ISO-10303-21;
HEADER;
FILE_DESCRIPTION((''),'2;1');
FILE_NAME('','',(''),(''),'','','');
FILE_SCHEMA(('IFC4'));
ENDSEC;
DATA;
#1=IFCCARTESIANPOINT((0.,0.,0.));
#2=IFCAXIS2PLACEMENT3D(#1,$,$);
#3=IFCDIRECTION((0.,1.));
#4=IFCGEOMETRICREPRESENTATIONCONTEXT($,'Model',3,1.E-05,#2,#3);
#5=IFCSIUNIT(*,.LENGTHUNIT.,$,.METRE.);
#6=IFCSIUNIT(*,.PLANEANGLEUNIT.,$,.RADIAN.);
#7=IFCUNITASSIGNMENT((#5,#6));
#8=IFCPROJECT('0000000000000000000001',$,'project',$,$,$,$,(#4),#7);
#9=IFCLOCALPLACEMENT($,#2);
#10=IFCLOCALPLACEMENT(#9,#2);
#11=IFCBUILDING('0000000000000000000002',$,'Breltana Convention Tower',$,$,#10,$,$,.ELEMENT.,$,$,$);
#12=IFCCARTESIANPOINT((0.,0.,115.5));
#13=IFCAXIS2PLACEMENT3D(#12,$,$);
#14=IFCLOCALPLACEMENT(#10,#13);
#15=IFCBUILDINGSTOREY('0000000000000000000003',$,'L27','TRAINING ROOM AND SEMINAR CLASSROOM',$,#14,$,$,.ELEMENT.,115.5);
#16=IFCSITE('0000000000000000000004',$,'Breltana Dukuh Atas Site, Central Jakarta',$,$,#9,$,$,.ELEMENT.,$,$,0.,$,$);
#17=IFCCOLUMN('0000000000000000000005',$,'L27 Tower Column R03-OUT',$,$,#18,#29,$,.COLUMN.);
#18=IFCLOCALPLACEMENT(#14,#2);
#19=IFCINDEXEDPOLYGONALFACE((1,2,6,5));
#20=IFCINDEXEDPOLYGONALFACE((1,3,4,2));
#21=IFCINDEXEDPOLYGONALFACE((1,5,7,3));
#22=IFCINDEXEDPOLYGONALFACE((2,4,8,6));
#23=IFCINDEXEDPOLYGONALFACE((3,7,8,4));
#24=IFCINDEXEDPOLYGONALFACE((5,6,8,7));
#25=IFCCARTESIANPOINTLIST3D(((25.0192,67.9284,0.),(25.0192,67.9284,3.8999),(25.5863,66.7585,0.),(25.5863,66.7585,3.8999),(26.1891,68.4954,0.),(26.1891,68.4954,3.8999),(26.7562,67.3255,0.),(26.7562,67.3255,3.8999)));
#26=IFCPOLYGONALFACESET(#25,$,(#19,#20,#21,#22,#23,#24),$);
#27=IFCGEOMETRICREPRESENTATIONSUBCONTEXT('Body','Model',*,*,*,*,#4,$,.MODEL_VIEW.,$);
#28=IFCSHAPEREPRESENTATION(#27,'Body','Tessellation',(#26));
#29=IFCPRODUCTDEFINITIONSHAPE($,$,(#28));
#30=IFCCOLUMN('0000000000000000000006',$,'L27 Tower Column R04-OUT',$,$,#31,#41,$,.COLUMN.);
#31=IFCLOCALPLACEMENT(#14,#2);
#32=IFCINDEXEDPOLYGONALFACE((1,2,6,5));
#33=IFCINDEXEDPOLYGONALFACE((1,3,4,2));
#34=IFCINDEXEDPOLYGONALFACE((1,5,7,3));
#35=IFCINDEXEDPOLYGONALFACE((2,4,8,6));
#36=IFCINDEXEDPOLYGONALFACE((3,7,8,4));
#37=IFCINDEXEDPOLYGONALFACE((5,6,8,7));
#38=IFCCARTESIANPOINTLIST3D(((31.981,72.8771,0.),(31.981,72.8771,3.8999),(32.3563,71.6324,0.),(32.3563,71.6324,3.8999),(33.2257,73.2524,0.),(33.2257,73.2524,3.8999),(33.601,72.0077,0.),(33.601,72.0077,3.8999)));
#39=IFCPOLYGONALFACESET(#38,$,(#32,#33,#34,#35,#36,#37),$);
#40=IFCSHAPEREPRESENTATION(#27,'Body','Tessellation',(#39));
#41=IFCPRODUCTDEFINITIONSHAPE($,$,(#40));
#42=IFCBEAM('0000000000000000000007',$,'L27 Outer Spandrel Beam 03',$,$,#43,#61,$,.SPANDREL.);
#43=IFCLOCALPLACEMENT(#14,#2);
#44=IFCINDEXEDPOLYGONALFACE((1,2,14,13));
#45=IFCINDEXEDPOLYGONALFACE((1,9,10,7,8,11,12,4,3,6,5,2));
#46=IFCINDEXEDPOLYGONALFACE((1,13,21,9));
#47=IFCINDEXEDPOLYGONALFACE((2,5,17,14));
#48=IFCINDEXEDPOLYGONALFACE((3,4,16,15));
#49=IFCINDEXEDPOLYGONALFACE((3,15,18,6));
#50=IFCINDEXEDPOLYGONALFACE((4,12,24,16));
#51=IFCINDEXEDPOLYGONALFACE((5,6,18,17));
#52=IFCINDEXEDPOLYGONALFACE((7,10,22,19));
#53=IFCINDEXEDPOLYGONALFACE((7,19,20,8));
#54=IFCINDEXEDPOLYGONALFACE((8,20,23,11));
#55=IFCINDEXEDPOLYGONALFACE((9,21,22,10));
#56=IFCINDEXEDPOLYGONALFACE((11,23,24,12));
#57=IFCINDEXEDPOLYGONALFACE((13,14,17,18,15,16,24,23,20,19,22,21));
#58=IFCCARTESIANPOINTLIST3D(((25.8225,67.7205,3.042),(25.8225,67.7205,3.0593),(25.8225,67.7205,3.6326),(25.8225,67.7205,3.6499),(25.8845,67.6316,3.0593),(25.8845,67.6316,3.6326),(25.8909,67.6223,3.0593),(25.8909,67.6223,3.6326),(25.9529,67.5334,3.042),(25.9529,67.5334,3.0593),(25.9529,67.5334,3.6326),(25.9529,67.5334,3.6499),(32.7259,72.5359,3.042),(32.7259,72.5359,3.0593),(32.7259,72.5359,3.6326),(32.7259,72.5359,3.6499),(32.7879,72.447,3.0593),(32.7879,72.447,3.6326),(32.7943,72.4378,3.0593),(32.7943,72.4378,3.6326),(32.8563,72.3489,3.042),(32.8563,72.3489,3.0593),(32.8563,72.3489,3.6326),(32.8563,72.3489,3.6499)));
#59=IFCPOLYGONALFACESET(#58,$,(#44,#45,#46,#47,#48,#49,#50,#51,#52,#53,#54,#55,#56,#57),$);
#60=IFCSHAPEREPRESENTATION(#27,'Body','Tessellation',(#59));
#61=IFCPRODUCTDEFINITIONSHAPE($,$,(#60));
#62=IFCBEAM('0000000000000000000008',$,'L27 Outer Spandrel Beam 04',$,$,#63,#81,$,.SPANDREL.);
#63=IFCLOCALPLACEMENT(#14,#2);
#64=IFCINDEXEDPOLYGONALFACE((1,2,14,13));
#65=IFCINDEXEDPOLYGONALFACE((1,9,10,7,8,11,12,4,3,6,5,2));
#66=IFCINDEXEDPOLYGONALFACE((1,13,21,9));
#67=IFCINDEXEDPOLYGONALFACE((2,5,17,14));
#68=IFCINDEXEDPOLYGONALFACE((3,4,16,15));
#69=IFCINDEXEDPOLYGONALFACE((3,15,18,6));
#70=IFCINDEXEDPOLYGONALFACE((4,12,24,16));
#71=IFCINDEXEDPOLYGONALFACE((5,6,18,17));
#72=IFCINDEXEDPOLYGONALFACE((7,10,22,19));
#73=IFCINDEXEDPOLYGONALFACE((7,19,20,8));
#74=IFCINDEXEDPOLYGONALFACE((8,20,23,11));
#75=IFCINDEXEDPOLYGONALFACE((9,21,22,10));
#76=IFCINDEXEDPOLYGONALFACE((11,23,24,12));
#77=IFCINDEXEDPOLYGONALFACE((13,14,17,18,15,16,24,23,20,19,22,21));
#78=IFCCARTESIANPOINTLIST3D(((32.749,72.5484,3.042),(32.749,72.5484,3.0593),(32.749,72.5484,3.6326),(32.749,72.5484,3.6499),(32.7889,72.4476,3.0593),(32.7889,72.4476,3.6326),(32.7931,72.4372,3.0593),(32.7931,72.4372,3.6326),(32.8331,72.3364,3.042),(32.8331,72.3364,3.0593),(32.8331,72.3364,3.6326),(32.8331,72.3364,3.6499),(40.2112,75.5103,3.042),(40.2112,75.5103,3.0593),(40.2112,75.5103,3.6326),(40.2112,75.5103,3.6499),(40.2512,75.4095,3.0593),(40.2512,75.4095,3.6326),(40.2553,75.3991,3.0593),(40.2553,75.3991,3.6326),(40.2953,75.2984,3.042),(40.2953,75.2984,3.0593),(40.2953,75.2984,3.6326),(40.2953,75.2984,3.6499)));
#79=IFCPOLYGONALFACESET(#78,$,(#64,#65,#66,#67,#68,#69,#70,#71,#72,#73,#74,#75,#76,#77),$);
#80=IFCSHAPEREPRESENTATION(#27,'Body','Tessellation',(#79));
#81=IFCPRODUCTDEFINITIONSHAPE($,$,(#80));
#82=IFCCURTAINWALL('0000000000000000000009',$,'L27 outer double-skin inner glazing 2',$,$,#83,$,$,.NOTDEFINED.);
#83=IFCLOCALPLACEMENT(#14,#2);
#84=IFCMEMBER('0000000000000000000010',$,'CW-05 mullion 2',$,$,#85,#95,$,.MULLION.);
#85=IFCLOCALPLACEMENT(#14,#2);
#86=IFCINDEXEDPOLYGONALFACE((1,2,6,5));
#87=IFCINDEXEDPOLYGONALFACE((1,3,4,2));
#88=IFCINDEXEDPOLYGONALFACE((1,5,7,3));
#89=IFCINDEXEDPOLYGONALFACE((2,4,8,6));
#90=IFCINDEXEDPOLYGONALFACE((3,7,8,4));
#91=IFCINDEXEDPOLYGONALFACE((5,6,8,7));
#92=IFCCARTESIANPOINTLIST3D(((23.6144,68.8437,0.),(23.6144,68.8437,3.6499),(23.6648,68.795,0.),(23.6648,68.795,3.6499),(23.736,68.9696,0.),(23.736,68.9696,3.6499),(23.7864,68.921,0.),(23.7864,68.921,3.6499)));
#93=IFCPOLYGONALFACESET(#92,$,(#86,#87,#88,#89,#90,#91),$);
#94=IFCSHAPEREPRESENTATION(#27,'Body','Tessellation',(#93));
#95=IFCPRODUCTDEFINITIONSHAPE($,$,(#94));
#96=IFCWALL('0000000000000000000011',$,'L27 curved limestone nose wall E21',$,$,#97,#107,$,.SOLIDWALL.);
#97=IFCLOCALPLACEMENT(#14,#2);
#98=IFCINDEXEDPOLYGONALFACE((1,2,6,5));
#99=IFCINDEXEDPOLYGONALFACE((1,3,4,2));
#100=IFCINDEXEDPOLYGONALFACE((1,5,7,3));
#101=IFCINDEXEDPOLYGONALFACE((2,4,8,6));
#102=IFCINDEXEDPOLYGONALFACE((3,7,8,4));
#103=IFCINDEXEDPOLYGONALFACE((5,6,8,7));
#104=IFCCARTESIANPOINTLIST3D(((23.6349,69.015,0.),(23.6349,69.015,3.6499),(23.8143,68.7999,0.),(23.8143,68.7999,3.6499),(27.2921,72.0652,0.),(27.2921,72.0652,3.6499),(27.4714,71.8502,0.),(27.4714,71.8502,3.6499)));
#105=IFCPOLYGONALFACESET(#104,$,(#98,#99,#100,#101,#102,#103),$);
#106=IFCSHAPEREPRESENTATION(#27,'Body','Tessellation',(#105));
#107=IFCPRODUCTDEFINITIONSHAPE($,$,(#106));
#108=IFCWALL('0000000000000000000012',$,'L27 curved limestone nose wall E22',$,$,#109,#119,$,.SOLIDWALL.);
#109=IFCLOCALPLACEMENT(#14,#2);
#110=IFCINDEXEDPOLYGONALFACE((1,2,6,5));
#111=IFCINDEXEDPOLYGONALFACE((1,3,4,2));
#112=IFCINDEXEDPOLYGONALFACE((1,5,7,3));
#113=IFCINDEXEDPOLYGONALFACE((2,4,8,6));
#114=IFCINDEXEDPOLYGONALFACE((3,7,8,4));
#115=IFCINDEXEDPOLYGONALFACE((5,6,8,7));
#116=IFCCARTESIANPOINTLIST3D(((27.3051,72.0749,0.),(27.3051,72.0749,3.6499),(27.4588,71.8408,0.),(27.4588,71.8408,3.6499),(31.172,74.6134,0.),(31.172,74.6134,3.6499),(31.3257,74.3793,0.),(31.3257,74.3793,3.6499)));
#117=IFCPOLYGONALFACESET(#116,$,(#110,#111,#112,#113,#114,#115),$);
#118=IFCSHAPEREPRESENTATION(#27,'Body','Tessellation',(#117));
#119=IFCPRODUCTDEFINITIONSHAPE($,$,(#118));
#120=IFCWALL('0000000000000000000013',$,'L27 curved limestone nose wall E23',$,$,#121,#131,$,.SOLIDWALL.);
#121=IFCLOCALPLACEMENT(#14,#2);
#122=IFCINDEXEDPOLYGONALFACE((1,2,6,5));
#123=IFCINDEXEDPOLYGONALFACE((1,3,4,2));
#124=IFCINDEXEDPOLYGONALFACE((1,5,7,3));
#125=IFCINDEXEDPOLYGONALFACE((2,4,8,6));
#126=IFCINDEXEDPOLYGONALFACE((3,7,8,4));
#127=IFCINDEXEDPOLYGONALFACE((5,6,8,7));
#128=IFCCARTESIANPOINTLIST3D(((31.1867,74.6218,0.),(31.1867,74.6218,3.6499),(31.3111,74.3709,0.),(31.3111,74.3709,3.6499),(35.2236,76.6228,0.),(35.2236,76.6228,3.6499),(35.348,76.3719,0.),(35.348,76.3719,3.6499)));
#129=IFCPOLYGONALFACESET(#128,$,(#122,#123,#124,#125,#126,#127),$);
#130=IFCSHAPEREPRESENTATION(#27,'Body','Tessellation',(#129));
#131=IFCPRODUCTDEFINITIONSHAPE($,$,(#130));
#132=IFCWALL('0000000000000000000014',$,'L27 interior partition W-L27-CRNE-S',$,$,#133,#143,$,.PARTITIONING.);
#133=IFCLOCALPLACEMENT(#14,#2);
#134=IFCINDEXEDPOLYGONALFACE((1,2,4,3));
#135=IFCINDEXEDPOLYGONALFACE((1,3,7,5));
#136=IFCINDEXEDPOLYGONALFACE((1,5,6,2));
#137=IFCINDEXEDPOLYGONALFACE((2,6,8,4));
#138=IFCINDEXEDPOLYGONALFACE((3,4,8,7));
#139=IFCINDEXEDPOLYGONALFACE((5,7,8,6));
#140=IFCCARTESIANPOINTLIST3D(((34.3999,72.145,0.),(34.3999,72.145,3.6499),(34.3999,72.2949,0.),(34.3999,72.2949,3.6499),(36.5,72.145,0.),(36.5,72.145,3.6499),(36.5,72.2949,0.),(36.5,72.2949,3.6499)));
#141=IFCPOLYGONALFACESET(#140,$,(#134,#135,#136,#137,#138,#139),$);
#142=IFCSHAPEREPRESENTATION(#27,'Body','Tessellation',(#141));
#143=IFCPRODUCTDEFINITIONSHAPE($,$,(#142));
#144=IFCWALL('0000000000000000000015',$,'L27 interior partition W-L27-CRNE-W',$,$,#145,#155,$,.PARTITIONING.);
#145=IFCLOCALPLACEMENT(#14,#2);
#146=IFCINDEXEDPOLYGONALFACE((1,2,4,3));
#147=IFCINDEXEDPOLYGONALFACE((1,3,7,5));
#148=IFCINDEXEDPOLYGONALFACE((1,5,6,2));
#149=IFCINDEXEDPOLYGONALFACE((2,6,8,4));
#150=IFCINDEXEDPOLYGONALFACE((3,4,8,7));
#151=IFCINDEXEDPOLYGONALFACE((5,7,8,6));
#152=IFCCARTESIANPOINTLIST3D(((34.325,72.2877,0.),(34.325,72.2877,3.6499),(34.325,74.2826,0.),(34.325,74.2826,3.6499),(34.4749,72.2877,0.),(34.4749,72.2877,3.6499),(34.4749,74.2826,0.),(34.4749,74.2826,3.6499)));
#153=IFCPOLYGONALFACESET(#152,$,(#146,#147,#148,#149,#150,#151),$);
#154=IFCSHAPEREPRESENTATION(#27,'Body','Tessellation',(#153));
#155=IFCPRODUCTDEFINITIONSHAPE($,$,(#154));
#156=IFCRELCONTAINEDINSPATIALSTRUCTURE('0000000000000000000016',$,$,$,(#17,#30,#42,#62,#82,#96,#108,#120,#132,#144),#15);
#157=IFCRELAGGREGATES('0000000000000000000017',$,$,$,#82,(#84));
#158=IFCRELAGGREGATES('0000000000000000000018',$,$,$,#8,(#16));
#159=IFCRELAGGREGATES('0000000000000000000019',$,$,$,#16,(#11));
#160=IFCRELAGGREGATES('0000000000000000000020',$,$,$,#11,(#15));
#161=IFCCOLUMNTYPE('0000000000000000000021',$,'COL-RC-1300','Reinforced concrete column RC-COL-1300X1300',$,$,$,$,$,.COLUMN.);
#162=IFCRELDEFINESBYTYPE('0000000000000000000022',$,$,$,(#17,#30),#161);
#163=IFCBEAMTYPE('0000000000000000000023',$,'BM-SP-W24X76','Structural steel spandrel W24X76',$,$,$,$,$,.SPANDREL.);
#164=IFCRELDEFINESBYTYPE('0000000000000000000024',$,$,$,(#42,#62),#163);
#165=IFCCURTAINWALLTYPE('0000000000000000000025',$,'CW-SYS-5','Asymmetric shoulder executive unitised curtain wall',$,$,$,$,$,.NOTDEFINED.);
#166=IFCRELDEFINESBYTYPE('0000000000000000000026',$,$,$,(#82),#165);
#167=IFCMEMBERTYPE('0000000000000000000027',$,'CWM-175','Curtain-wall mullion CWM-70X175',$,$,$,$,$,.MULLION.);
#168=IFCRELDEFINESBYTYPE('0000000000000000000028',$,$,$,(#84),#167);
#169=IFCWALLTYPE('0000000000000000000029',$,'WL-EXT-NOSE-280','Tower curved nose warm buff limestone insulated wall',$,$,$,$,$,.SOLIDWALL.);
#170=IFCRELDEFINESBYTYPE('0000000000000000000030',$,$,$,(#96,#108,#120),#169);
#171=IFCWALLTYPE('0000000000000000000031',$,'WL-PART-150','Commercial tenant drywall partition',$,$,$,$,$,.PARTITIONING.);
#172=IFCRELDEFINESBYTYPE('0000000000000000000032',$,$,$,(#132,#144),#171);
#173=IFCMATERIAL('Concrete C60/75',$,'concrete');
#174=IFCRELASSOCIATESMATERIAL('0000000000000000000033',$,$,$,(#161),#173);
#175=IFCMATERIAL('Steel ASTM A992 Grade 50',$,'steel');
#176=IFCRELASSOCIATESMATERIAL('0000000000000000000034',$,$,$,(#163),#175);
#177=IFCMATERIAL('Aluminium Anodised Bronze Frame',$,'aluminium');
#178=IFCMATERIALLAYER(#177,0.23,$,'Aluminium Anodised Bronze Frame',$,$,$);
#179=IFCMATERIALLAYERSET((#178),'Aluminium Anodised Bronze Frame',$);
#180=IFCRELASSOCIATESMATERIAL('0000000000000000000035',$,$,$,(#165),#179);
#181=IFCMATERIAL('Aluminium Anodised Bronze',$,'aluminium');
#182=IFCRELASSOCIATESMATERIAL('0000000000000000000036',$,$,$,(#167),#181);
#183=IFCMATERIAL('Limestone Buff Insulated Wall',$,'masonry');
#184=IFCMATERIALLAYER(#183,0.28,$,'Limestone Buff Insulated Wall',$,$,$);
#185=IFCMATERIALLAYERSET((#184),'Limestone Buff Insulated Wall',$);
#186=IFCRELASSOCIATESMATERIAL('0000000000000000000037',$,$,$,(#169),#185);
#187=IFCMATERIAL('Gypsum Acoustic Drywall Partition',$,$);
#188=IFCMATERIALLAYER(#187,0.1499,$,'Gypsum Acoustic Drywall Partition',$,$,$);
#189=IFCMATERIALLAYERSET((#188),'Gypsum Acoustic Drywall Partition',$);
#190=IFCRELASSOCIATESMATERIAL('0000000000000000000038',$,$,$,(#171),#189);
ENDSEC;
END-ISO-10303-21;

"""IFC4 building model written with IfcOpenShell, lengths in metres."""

from ifc_helpers import new_model, si_unit, direction, frame, frame_2d, origin, origin_2d, place, context, subcontext, project, spatial, rectangle, i_section, extrude, source, transform, mapped, material, layer, layer_set, material_profile, profile_set, type_object, element, aggregate, save


model = new_model("IFC4")

# Units and contexts
model_context = context("Model", 3, precision=1e-05, world=origin(), true_north=direction((0.0, 1.0)))
body_context = subcontext(model_context, "Body", "Model", "MODEL_VIEW")
ifc_project = project(units=[si_unit("LENGTHUNIT", "METRE"), si_unit("PLANEANGLEUNIT", "RADIAN")], contexts=[model_context])

# Site, building, storey
site_placement = place(None, origin())
site = spatial("IfcSite", under=ifc_project, at=site_placement, Name="Breltana Dukuh Atas Site, Central Jakarta", CompositionType="ELEMENT", RefElevation=0.0)
building_placement = place(site_placement, origin())
building = spatial("IfcBuilding", under=site, at=building_placement, Name="Breltana Convention Tower", CompositionType="ELEMENT")
storey_placement = place(building_placement, frame((0.0, 0.0, 115.5)))
storey = spatial("IfcBuildingStorey", under=building, at=storey_placement, Name="L27", Description="TRAINING ROOM AND SEMINAR CLASSROOM", CompositionType="ELEMENT", Elevation=115.5)

# Columns
ifc_material_1 = material(Name="Concrete C60/75", Category="concrete")
ifc_material_profile_1 = material_profile(ifc_material_1, rectangle(XDim=1.3, YDim=1.3, at=origin_2d()), Name="RC-COL-1300X1300")
ifc_profile_set_1 = profile_set([ifc_material_profile_1], Name="Concrete C60/75")
column_type = type_object("IfcColumnType", Name="COL-RC-1300", Description="Reinforced concrete column RC-COL-1300X1300", PredefinedType="COLUMN", material=ifc_profile_set_1)
shared_shape_1 = source(origin(), body_context, "Body", "SweptSolid", [
    extrude(rectangle(XDim=1.3, YDim=1.3, at=origin_2d()), origin(), (0.0, 0.0, 1.0), 3.8999),
])
for number, where, z_axis, x_axis, name in (
    (1, (25.8877, 67.627, 0.0), (0.0, 0.0, 1.0), (-0.436174, 0.899863, 0.0), "L27 Tower Column R03-OUT"),
    (2, (32.791, 72.4424, 0.0), (0.0, 0.0, 1.0), (-0.288698, 0.95742, 0.0), "L27 Tower Column R04-OUT"),
):
    element("IfcColumn", number, at=place(storey_placement, frame(where, z_axis=z_axis, x_axis=x_axis)), inside=storey, type_object=column_type, Name=name, PredefinedType="COLUMN", context=body_context, shape_type="MappedRepresentation", body=[
        mapped(shared_shape_1, transform((0.0, 0.0, 0.0), scale=1.0)),
    ])

# Beams
ifc_material_2 = material(Name="Steel ASTM A992 Grade 50", Category="steel")
ifc_material_profile_2 = material_profile(ifc_material_2, i_section(OverallWidth=0.228, OverallDepth=0.6079, WebThickness=0.0112, FlangeThickness=0.0173, at=origin_2d()), Name="W24X76")
ifc_profile_set_2 = profile_set([ifc_material_profile_2], Name="Steel ASTM A992 Grade 50")
beam_type = type_object("IfcBeamType", Name="BM-SP-W24X76", Description="Structural steel spandrel W24X76", PredefinedType="SPANDREL", material=ifc_profile_set_2)
shared_shape_2 = source(origin(), body_context, "Body", "SweptSolid", [
    extrude(i_section(OverallWidth=0.228, OverallDepth=0.6079, WebThickness=0.0112, FlangeThickness=0.0173, at=origin_2d()), origin(), (0.0, 0.0, 1.0), 8.417),
])
beam_1_placement = place(storey_placement, frame((25.8877, 67.627, 3.3459), z_axis=(0.820174, 0.572114, 0.0), x_axis=(-0.572114, 0.820174, 0.0)))
element("IfcBeam", 3, at=beam_1_placement, inside=storey, type_object=beam_type, Name="L27 Outer Spandrel Beam 03", PredefinedType="SPANDREL", context=body_context, shape_type="MappedRepresentation", body=[
    mapped(shared_shape_2, transform((0.0, 0.0, 0.0), scale=1.0)),
])
shared_shape_3 = source(origin(), body_context, "Body", "SweptSolid", [
    extrude(i_section(OverallWidth=0.228, OverallDepth=0.6079, WebThickness=0.0112, FlangeThickness=0.0173, at=origin_2d()), origin(), (0.0, 0.0, 1.0), 8.0286),
])
beam_2_placement = place(storey_placement, frame((32.791, 72.4424, 3.3459), z_axis=(0.929459, 0.368925, 0.0), x_axis=(-0.368925, 0.929459, 0.0)))
element("IfcBeam", 4, at=beam_2_placement, inside=storey, type_object=beam_type, Name="L27 Outer Spandrel Beam 04", PredefinedType="SPANDREL", context=body_context, shape_type="MappedRepresentation", body=[
    mapped(shared_shape_3, transform((0.0, 0.0, 0.0), scale=1.0)),
])

# Curtain wall, member
ifc_material_3 = material(Name="Aluminium Anodised Bronze Frame", Category="aluminium")
ifc_layer_1 = layer(ifc_material_3, 0.23, Name="Aluminium Anodised Bronze Frame")
ifc_layer_set_1 = layer_set([ifc_layer_1], Name="Aluminium Anodised Bronze Frame")
curtain_wall_type = type_object("IfcCurtainWallType", Name="CW-SYS-5", Description="Asymmetric shoulder executive unitised curtain wall", PredefinedType="NOTDEFINED", material=ifc_layer_set_1)
curtain_wall_placement = place(storey_placement, origin())
curtain_wall = element("IfcCurtainWall", 5, at=curtain_wall_placement, inside=storey, type_object=curtain_wall_type, Name="L27 outer double-skin inner glazing 2", PredefinedType="NOTDEFINED")
ifc_material_4 = material(Name="Aluminium Anodised Bronze", Category="aluminium")
ifc_material_profile_3 = material_profile(ifc_material_4, rectangle(XDim=0.0701, YDim=0.175, at=origin_2d()), Name="CWM-70X175")
ifc_profile_set_3 = profile_set([ifc_material_profile_3], Name="Aluminium Anodised Bronze")
member_type = type_object("IfcMemberType", Name="CWM-175", Description="Curtain-wall mullion CWM-70X175", PredefinedType="MULLION", material=ifc_profile_set_3)
shared_shape_4 = source(origin(), body_context, "Body", "SweptSolid", [
    extrude(rectangle(XDim=0.0701, YDim=0.175, at=origin_2d()), origin(), (0.0, 0.0, 1.0), 3.6499),
])
member_placement = place(storey_placement, frame((23.7004, 68.8823, 0.0), z_axis=(0.0, 0.0, 1.0), x_axis=(-0.719385, 0.694612, 0.0)))
member = element("IfcMember", 6, at=member_placement, type_object=member_type, Name="CW-05 mullion 2", PredefinedType="MULLION", context=body_context, shape_type="MappedRepresentation", body=[
    mapped(shared_shape_4, transform((0.0, 0.0, 0.0), scale=1.0)),
])
aggregate(curtain_wall, [member])

# Walls
ifc_material_5 = material(Name="Limestone Buff Insulated Wall", Category="masonry")
ifc_layer_2 = layer(ifc_material_5, 0.28, Name="Limestone Buff Insulated Wall")
ifc_layer_set_2 = layer_set([ifc_layer_2], Name="Limestone Buff Insulated Wall")
wall_type_1 = type_object("IfcWallType", Name="WL-EXT-NOSE-280", Description="Tower curved nose warm buff limestone insulated wall", PredefinedType="SOLIDWALL", material=ifc_layer_set_2)
shared_shape_5 = source(origin(), body_context, "Body", "SweptSolid", [
    extrude(rectangle(XDim=4.7622, YDim=0.28, at=frame_2d((2.3811, 0.0))), origin(), (0.0, 0.0, 1.0), 3.6499),
])
wall_1_placement = place(storey_placement, frame((23.7246, 68.9075, 0.0), z_axis=(0.0, 0.0, 1.0), x_axis=(0.767952, 0.640507, 0.0)))
element("IfcWall", 7, at=wall_1_placement, inside=storey, type_object=wall_type_1, Name="L27 curved limestone nose wall E21", PredefinedType="SOLIDWALL", context=body_context, shape_type="MappedRepresentation", body=[
    mapped(shared_shape_5, transform((0.0, 0.0, 0.0), scale=1.0)),
])
shared_shape_6 = source(origin(), body_context, "Body", "SweptSolid", [
    extrude(rectangle(XDim=4.6257, YDim=0.28, at=frame_2d((2.313, 0.0))), origin(), (0.0, 0.0, 1.0), 3.6499),
])
wall_2_placement = place(storey_placement, frame((27.3818, 71.9578, 0.0), z_axis=(0.0, 0.0, 1.0), x_axis=(0.835959, 0.548791, 0.0)))
element("IfcWall", 8, at=wall_2_placement, inside=storey, type_object=wall_type_1, Name="L27 curved limestone nose wall E22", PredefinedType="SOLIDWALL", context=body_context, shape_type="MappedRepresentation", body=[
    mapped(shared_shape_6, transform((0.0, 0.0, 0.0), scale=1.0)),
])
shared_shape_7 = source(origin(), body_context, "Body", "SweptSolid", [
    extrude(rectangle(XDim=4.5056, YDim=0.28, at=frame_2d((2.2529, 0.0))), origin(), (0.0, 0.0, 1.0), 3.6499),
])
wall_3_placement = place(storey_placement, frame((31.2488, 74.4963, 0.0), z_axis=(0.0, 0.0, 1.0), x_axis=(0.895972, 0.444111, 0.0)))
element("IfcWall", 9, at=wall_3_placement, inside=storey, type_object=wall_type_1, Name="L27 curved limestone nose wall E23", PredefinedType="SOLIDWALL", context=body_context, shape_type="MappedRepresentation", body=[
    mapped(shared_shape_7, transform((0.0, 0.0, 0.0), scale=1.0)),
])
ifc_material_6 = material(Name="Gypsum Acoustic Drywall Partition")
ifc_layer_3 = layer(ifc_material_6, 0.1499, Name="Gypsum Acoustic Drywall Partition")
ifc_layer_set_3 = layer_set([ifc_layer_3], Name="Gypsum Acoustic Drywall Partition")
wall_type_2 = type_object("IfcWallType", Name="WL-PART-150", Description="Commercial tenant drywall partition", PredefinedType="PARTITIONING", material=ifc_layer_set_3)
shared_shape_8 = source(origin(), body_context, "Body", "SweptSolid", [
    extrude(rectangle(XDim=2.1001, YDim=0.1499, at=frame_2d((1.05, 0.0))), origin(), (0.0, 0.0, 1.0), 3.6499),
])
wall_4_placement = place(storey_placement, frame((34.3999, 72.22, 0.0), z_axis=(0.0, 0.0, 1.0), x_axis=(1.0, 0.0, 0.0)))
element("IfcWall", 10, at=wall_4_placement, inside=storey, type_object=wall_type_2, Name="L27 interior partition W-L27-CRNE-S", PredefinedType="PARTITIONING", context=body_context, shape_type="MappedRepresentation", body=[
    mapped(shared_shape_8, transform((0.0, 0.0, 0.0), scale=1.0)),
])
shared_shape_9 = source(origin(), body_context, "Body", "SweptSolid", [
    extrude(rectangle(XDim=1.9949, YDim=0.1499, at=frame_2d((0.9976, 0.0))), origin(), (0.0, 0.0, 1.0), 3.6499),
])
wall_5_placement = place(storey_placement, frame((34.3999, 72.2876, 0.0), z_axis=(0.0, 0.0, 1.0), x_axis=(0.0, 1.0, 0.0)))
element("IfcWall", 11, at=wall_5_placement, inside=storey, type_object=wall_type_2, Name="L27 interior partition W-L27-CRNE-W", PredefinedType="PARTITIONING", context=body_context, shape_type="MappedRepresentation", body=[
    mapped(shared_shape_9, transform((0.0, 0.0, 0.0), scale=1.0)),
])

save(model, "model.ifc")
